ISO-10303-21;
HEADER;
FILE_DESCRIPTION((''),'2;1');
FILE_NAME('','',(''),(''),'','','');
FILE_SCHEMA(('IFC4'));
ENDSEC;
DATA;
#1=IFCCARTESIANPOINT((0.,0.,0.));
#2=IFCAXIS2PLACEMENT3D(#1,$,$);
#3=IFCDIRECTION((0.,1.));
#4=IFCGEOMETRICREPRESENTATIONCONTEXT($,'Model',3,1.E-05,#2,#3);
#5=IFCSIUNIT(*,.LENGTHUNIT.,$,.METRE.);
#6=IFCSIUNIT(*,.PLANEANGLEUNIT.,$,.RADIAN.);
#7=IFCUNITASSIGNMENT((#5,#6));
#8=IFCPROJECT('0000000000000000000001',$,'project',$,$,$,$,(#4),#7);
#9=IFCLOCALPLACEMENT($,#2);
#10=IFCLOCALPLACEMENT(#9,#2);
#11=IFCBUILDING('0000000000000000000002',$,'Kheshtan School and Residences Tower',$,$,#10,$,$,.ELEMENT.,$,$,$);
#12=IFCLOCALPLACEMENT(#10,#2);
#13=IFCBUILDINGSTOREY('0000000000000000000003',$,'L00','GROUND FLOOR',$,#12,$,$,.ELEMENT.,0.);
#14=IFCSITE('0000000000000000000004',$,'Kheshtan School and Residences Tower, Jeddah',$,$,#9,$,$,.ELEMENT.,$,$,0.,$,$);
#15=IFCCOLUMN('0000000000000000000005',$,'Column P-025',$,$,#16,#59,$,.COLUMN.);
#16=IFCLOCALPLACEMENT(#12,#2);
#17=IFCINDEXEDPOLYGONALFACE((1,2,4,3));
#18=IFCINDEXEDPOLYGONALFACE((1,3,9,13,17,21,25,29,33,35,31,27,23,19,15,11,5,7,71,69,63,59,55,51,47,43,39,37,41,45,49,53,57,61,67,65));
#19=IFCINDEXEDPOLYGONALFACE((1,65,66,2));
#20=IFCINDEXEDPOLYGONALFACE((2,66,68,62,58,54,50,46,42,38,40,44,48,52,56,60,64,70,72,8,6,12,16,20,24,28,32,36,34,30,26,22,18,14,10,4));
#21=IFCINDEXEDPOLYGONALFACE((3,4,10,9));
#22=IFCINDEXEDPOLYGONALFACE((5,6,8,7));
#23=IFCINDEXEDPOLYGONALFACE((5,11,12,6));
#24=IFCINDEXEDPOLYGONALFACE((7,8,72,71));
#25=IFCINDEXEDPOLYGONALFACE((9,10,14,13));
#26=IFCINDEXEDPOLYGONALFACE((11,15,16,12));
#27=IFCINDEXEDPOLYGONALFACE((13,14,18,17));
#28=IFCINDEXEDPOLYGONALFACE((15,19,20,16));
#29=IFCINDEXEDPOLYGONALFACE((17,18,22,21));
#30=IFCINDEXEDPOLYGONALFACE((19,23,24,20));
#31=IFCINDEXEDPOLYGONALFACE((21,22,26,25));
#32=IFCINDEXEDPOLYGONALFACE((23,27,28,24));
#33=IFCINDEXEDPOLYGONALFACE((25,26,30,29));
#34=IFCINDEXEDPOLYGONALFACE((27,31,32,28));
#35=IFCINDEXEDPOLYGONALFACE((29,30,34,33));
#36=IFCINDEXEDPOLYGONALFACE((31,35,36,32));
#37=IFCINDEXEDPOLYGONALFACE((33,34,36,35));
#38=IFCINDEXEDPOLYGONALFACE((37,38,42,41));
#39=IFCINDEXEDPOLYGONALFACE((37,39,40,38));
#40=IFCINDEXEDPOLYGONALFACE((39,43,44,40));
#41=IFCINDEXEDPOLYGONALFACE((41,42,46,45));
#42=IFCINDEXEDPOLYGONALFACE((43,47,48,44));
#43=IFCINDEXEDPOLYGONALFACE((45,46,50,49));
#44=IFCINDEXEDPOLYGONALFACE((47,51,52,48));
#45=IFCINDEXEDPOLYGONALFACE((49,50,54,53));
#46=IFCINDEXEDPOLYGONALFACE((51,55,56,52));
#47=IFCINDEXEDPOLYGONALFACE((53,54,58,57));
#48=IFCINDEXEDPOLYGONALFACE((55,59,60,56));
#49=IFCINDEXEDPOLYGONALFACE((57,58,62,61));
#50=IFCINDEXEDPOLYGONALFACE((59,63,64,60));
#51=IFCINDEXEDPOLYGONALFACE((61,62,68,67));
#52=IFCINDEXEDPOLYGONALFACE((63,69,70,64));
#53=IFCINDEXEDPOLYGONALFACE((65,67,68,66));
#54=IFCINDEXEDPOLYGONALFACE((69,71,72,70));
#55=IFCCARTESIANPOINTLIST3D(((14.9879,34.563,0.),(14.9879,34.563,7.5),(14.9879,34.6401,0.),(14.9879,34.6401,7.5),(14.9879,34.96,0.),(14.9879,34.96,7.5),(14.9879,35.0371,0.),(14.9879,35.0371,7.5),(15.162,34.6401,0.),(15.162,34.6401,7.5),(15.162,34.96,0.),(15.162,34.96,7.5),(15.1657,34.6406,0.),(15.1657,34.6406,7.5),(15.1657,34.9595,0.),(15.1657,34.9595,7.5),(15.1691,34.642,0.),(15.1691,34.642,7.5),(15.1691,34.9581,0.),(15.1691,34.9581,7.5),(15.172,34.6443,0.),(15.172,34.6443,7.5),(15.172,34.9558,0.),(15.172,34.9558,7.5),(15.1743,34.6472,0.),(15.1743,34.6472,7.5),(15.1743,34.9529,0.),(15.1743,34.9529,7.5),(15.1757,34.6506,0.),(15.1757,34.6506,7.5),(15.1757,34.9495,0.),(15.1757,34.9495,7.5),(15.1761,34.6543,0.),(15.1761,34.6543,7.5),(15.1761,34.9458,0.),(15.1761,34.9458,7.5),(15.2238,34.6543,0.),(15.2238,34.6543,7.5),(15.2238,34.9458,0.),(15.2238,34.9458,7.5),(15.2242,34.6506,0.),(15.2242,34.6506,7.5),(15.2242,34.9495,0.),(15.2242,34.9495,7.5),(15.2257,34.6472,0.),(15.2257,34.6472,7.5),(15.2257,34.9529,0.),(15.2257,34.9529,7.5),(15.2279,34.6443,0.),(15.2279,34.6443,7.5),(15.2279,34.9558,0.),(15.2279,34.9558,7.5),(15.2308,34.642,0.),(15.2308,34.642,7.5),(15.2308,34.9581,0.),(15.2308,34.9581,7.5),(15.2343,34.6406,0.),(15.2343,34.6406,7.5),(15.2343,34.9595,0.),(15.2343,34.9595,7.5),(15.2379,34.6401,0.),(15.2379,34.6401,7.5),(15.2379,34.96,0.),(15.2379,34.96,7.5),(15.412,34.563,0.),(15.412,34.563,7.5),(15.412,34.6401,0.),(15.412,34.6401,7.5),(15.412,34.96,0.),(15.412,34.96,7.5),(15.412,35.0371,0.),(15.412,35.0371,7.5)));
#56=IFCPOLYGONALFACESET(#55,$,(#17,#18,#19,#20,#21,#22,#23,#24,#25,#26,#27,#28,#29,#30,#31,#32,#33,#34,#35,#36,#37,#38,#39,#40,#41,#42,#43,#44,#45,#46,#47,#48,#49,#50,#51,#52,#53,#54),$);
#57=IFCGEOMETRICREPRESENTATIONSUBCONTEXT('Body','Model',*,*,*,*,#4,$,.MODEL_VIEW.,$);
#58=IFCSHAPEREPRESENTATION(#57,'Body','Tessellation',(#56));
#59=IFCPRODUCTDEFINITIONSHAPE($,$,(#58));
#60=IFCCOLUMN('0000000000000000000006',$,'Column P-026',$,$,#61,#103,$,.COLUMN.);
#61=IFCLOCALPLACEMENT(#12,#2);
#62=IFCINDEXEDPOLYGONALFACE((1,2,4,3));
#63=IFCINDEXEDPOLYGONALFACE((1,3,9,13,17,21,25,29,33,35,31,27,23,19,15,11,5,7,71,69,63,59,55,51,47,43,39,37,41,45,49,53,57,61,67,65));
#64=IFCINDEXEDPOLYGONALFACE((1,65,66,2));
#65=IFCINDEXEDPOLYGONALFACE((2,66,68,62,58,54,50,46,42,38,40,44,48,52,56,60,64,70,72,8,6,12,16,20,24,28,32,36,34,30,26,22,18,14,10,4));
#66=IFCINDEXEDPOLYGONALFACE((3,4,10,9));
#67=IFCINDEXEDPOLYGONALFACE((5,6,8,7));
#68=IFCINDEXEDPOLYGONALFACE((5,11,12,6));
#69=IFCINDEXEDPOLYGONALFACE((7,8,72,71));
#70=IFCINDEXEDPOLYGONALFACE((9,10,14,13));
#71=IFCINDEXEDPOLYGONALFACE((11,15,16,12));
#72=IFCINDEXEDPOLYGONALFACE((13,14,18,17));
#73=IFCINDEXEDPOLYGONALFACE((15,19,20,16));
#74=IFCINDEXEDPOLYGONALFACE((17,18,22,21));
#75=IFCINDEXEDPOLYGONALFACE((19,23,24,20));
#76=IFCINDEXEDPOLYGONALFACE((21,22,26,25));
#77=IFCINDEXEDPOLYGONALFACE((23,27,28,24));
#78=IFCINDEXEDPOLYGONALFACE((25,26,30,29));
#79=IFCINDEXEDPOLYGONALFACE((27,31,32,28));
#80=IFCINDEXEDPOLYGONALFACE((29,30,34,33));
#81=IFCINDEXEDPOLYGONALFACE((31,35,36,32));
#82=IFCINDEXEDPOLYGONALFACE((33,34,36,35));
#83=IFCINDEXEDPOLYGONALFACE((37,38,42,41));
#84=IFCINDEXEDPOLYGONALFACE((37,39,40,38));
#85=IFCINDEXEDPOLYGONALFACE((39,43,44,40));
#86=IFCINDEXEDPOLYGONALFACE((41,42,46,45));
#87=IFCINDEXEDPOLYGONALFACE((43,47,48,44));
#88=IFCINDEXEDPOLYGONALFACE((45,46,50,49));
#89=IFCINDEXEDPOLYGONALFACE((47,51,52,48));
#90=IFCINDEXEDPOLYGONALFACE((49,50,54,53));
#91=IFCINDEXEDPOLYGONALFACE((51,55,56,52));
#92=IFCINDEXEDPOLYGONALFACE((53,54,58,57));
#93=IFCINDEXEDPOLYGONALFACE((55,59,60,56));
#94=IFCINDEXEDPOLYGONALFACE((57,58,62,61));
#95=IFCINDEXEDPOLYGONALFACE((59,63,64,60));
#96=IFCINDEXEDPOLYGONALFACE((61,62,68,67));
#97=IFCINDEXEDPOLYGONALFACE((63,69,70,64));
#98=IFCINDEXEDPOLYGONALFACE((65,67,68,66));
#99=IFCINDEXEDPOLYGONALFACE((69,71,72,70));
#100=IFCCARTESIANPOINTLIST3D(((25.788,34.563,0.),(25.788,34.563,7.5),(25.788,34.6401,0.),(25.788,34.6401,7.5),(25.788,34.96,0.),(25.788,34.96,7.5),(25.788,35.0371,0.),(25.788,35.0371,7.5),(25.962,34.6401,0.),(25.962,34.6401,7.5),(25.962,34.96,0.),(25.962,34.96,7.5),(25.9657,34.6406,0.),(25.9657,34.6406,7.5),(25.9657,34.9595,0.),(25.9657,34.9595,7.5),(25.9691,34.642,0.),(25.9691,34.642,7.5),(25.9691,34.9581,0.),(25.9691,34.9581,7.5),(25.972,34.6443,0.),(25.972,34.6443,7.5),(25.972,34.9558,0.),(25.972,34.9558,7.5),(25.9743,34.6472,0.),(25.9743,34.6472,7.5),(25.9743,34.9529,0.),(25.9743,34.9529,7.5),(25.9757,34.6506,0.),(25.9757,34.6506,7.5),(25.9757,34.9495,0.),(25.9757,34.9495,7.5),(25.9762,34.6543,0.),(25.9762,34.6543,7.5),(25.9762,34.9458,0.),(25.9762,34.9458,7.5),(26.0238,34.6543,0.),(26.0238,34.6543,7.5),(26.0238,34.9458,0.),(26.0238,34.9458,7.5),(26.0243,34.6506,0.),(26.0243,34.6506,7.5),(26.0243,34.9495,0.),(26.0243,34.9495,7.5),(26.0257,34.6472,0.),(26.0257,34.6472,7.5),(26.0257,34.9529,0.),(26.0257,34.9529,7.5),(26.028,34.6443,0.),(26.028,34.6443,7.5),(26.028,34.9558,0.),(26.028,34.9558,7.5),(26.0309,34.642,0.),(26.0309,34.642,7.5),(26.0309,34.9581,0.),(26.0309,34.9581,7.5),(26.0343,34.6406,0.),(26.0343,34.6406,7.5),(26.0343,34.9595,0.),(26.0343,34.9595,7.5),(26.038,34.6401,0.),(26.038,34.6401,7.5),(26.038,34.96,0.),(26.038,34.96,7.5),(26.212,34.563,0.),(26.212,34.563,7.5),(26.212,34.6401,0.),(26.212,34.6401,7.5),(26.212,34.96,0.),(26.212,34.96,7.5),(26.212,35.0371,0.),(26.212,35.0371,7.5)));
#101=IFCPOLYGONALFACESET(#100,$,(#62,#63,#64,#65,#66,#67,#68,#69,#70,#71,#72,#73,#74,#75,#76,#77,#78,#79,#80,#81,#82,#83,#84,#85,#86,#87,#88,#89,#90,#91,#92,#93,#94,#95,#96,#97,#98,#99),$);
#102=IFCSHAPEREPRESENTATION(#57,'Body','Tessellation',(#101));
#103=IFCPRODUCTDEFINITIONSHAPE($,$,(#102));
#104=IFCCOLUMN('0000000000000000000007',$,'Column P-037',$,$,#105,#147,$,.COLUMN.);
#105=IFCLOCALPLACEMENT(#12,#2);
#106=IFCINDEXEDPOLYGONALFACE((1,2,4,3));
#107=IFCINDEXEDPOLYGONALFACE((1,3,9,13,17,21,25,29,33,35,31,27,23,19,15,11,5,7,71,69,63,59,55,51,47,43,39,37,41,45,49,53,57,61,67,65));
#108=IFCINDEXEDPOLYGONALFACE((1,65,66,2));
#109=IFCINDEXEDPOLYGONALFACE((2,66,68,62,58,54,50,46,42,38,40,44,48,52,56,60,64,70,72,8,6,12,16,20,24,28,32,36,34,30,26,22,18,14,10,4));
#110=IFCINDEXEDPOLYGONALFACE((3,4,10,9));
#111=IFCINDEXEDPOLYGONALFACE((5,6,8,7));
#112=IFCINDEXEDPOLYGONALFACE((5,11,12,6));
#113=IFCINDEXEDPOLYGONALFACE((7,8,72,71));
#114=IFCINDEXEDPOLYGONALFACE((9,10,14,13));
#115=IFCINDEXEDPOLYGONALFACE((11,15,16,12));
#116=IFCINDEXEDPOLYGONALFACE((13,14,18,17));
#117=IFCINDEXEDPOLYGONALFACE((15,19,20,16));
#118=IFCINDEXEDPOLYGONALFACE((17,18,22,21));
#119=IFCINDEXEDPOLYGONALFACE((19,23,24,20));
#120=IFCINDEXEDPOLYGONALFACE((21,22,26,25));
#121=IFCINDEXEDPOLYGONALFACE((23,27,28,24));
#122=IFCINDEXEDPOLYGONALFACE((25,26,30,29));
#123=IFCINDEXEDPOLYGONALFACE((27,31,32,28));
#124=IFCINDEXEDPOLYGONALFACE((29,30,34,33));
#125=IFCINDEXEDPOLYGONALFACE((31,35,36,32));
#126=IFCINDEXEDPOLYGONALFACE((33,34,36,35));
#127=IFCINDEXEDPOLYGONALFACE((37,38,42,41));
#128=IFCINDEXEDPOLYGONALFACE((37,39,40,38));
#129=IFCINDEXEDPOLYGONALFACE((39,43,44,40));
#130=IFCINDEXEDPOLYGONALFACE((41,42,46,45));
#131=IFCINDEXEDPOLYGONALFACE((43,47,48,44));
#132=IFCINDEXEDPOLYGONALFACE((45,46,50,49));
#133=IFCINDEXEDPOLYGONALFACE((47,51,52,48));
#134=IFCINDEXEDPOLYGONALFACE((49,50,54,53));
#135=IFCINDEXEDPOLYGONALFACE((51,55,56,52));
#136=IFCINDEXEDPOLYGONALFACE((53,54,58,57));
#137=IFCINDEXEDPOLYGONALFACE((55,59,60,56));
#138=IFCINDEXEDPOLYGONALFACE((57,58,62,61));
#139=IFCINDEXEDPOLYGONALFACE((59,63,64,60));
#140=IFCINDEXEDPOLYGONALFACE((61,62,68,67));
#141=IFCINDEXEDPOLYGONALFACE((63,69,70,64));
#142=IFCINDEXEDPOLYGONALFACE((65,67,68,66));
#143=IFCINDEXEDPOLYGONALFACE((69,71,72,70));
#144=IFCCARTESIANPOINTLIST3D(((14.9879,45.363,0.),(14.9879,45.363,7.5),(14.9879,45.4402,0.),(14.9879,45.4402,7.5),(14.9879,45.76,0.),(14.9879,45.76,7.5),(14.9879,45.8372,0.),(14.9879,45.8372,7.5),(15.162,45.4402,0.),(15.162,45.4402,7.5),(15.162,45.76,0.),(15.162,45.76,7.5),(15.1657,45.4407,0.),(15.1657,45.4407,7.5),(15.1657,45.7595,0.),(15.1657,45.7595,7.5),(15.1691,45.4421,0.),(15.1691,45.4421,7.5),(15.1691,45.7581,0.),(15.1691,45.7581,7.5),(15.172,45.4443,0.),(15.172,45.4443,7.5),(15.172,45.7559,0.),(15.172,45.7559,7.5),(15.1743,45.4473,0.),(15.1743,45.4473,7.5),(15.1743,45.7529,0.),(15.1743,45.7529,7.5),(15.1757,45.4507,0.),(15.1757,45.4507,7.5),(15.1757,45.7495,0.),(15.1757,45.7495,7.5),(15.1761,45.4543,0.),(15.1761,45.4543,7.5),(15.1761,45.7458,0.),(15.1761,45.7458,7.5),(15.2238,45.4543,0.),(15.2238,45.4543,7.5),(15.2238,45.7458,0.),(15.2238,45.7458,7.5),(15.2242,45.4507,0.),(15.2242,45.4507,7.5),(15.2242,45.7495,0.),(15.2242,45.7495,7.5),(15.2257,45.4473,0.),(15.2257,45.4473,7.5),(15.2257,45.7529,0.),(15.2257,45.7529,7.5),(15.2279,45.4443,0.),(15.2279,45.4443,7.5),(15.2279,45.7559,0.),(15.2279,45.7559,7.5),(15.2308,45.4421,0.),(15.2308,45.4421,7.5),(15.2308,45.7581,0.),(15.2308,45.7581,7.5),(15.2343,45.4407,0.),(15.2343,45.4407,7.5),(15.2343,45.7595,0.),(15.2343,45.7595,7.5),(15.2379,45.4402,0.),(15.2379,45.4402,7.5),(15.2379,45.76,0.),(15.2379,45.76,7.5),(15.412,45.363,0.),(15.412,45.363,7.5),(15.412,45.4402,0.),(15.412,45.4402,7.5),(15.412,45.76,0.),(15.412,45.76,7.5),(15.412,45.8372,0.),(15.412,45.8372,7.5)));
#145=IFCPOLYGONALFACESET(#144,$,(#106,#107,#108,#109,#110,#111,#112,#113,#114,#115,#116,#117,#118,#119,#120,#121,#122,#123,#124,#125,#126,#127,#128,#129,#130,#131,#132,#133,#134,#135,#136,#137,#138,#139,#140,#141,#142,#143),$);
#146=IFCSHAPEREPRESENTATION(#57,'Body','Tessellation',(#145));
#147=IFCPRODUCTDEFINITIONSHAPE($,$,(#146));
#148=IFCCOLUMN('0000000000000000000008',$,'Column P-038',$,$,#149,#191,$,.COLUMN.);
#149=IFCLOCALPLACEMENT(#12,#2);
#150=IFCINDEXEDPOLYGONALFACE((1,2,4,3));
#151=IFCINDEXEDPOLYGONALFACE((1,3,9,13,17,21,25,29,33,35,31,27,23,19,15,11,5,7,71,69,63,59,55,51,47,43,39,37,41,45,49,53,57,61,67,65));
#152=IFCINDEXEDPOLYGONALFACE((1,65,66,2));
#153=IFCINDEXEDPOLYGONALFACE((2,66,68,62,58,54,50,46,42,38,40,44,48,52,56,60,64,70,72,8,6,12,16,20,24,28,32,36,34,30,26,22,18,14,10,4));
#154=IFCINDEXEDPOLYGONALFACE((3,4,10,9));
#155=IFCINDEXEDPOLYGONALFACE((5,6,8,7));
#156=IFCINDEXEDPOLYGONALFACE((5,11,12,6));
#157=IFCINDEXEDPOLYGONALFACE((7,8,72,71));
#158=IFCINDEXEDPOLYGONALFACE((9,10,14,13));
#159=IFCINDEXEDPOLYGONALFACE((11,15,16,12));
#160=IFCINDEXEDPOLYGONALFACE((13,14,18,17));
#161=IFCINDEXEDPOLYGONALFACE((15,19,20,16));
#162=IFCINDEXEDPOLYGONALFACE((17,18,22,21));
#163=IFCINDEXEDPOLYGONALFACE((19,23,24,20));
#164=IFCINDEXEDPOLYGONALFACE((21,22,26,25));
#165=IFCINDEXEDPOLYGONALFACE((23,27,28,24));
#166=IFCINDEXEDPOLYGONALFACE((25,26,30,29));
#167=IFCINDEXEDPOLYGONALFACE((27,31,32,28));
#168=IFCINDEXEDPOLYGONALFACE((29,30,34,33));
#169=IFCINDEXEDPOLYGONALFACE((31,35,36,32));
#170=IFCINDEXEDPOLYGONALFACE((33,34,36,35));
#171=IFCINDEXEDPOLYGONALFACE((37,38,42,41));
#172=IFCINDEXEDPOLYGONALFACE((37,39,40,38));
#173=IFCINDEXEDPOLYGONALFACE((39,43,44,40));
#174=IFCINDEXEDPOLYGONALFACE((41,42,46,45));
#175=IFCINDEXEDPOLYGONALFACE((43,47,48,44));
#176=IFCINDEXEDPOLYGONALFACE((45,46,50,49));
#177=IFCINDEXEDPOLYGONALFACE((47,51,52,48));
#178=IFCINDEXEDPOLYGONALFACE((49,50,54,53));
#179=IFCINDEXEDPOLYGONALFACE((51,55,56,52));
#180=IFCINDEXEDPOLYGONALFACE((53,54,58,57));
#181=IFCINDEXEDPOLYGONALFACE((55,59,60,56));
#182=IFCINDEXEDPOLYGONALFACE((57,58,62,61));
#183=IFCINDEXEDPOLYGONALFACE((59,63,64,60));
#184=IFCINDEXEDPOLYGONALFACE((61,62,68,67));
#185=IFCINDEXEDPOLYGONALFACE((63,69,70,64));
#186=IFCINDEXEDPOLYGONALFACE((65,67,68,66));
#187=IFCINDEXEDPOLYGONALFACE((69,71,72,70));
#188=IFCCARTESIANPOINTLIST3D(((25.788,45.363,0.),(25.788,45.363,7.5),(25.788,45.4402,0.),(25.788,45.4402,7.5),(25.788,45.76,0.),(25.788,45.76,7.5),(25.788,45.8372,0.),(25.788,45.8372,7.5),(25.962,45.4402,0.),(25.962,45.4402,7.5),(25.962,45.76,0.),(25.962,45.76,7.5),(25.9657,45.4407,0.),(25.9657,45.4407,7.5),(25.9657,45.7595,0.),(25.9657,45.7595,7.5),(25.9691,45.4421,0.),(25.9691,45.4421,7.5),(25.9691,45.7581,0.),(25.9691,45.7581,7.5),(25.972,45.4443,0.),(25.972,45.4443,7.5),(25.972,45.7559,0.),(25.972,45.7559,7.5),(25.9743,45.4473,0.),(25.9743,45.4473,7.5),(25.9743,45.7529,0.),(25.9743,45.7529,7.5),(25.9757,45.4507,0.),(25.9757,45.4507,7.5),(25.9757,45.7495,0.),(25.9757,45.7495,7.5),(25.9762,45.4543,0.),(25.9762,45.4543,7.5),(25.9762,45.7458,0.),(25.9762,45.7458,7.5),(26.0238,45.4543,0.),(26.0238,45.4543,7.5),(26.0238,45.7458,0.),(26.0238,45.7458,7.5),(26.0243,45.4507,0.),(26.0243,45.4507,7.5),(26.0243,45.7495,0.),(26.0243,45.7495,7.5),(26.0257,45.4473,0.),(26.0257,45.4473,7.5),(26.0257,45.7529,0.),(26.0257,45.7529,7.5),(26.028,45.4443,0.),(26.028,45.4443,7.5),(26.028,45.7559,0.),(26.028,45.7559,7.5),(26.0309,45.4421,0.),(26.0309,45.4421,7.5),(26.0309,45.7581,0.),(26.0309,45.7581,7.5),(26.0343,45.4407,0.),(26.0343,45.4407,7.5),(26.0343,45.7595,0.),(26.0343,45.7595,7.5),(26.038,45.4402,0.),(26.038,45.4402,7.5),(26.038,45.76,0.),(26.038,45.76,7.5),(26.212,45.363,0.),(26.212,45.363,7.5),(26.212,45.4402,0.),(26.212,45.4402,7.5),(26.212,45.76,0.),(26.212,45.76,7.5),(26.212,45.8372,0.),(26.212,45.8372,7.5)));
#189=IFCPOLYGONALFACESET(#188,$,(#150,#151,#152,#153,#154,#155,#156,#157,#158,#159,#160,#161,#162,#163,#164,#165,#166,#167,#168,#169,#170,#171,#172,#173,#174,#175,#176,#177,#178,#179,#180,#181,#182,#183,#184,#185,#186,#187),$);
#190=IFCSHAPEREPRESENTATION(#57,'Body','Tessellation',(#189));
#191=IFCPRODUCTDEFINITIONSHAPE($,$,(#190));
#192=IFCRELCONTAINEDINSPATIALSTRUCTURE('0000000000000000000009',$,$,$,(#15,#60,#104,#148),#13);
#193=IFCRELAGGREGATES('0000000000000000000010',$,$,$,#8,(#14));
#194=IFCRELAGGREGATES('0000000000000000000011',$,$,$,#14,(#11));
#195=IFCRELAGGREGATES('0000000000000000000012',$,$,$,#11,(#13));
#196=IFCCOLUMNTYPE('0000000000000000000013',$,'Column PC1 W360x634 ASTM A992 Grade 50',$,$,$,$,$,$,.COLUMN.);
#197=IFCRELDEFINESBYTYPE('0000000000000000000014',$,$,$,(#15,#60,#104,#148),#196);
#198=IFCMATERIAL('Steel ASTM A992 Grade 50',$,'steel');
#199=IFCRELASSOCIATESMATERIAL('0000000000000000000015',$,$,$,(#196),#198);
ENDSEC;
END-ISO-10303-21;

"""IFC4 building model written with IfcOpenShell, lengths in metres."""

from ifc_helpers import new_model, si_unit, direction, frame, origin, origin_2d, place, context, subcontext, project, spatial, i_section, extrude, material, material_profile, profile_set, type_object, element, save


model = new_model("IFC4")

# Units and contexts
model_context = context("Model", 3, precision=1e-05, world=origin(), true_north=direction((0.0, 1.0)))
body_context = subcontext(model_context, "Body", "Model", "MODEL_VIEW")
ifc_project = project(units=[si_unit("LENGTHUNIT", "METRE"), si_unit("PLANEANGLEUNIT", "RADIAN")], contexts=[model_context])

# Site, building, storey
site_placement = place(None, origin())
site = spatial("IfcSite", under=ifc_project, at=site_placement, Name="Kheshtan School and Residences Tower, Jeddah", CompositionType="ELEMENT", RefElevation=0.0)
building_placement = place(site_placement, origin())
building = spatial("IfcBuilding", under=site, at=building_placement, Name="Kheshtan School and Residences Tower", CompositionType="ELEMENT")
storey_placement = place(building_placement, origin())
storey = spatial("IfcBuildingStorey", under=building, at=storey_placement, Name="L00", Description="GROUND FLOOR", CompositionType="ELEMENT", Elevation=0.0)

# Columns
ifc_material_1 = material(Name="Steel ASTM A992 Grade 50", Category="steel")
ifc_material_profile_1 = material_profile(ifc_material_1, i_section(OverallWidth=0.4241, OverallDepth=0.4741, WebThickness=0.0476, FlangeThickness=0.0771, FilletRadius=0.0142, at=origin_2d()), Name="W360x634")
ifc_profile_set_1 = profile_set([ifc_material_profile_1], Name="Steel ASTM A992 Grade 50")
column_type = type_object("IfcColumnType", Name="Column PC1 W360x634 ASTM A992 Grade 50", PredefinedType="COLUMN", material=ifc_profile_set_1)
for number, where, z_axis, x_axis, name in (
    (1, (15.2, 34.8, 0.0), (0.0, 0.0, 1.0), (1.0, 0.0, 0.0), "Column P-025"),
    (2, (26.0, 34.8, 0.0), (0.0, 0.0, 1.0), (1.0, 0.0, 0.0), "Column P-026"),
    (3, (15.2, 45.6001, 0.0), (0.0, 0.0, 1.0), (1.0, 0.0, 0.0), "Column P-037"),
    (4, (26.0, 45.6001, 0.0), (0.0, 0.0, 1.0), (1.0, 0.0, 0.0), "Column P-038"),
):
    element("IfcColumn", number, at=place(storey_placement, frame(where, z_axis=z_axis, x_axis=x_axis)), inside=storey, type_object=column_type, Name=name, PredefinedType="COLUMN", context=body_context, shape_type="SweptSolid", body=[
        extrude(i_section(OverallWidth=0.4241, OverallDepth=0.4741, WebThickness=0.0476, FlangeThickness=0.0771, FilletRadius=0.0142, at=origin_2d()), origin(), (0.0, 0.0, 1.0), 7.5),
    ])

save(model, "model.ifc")
